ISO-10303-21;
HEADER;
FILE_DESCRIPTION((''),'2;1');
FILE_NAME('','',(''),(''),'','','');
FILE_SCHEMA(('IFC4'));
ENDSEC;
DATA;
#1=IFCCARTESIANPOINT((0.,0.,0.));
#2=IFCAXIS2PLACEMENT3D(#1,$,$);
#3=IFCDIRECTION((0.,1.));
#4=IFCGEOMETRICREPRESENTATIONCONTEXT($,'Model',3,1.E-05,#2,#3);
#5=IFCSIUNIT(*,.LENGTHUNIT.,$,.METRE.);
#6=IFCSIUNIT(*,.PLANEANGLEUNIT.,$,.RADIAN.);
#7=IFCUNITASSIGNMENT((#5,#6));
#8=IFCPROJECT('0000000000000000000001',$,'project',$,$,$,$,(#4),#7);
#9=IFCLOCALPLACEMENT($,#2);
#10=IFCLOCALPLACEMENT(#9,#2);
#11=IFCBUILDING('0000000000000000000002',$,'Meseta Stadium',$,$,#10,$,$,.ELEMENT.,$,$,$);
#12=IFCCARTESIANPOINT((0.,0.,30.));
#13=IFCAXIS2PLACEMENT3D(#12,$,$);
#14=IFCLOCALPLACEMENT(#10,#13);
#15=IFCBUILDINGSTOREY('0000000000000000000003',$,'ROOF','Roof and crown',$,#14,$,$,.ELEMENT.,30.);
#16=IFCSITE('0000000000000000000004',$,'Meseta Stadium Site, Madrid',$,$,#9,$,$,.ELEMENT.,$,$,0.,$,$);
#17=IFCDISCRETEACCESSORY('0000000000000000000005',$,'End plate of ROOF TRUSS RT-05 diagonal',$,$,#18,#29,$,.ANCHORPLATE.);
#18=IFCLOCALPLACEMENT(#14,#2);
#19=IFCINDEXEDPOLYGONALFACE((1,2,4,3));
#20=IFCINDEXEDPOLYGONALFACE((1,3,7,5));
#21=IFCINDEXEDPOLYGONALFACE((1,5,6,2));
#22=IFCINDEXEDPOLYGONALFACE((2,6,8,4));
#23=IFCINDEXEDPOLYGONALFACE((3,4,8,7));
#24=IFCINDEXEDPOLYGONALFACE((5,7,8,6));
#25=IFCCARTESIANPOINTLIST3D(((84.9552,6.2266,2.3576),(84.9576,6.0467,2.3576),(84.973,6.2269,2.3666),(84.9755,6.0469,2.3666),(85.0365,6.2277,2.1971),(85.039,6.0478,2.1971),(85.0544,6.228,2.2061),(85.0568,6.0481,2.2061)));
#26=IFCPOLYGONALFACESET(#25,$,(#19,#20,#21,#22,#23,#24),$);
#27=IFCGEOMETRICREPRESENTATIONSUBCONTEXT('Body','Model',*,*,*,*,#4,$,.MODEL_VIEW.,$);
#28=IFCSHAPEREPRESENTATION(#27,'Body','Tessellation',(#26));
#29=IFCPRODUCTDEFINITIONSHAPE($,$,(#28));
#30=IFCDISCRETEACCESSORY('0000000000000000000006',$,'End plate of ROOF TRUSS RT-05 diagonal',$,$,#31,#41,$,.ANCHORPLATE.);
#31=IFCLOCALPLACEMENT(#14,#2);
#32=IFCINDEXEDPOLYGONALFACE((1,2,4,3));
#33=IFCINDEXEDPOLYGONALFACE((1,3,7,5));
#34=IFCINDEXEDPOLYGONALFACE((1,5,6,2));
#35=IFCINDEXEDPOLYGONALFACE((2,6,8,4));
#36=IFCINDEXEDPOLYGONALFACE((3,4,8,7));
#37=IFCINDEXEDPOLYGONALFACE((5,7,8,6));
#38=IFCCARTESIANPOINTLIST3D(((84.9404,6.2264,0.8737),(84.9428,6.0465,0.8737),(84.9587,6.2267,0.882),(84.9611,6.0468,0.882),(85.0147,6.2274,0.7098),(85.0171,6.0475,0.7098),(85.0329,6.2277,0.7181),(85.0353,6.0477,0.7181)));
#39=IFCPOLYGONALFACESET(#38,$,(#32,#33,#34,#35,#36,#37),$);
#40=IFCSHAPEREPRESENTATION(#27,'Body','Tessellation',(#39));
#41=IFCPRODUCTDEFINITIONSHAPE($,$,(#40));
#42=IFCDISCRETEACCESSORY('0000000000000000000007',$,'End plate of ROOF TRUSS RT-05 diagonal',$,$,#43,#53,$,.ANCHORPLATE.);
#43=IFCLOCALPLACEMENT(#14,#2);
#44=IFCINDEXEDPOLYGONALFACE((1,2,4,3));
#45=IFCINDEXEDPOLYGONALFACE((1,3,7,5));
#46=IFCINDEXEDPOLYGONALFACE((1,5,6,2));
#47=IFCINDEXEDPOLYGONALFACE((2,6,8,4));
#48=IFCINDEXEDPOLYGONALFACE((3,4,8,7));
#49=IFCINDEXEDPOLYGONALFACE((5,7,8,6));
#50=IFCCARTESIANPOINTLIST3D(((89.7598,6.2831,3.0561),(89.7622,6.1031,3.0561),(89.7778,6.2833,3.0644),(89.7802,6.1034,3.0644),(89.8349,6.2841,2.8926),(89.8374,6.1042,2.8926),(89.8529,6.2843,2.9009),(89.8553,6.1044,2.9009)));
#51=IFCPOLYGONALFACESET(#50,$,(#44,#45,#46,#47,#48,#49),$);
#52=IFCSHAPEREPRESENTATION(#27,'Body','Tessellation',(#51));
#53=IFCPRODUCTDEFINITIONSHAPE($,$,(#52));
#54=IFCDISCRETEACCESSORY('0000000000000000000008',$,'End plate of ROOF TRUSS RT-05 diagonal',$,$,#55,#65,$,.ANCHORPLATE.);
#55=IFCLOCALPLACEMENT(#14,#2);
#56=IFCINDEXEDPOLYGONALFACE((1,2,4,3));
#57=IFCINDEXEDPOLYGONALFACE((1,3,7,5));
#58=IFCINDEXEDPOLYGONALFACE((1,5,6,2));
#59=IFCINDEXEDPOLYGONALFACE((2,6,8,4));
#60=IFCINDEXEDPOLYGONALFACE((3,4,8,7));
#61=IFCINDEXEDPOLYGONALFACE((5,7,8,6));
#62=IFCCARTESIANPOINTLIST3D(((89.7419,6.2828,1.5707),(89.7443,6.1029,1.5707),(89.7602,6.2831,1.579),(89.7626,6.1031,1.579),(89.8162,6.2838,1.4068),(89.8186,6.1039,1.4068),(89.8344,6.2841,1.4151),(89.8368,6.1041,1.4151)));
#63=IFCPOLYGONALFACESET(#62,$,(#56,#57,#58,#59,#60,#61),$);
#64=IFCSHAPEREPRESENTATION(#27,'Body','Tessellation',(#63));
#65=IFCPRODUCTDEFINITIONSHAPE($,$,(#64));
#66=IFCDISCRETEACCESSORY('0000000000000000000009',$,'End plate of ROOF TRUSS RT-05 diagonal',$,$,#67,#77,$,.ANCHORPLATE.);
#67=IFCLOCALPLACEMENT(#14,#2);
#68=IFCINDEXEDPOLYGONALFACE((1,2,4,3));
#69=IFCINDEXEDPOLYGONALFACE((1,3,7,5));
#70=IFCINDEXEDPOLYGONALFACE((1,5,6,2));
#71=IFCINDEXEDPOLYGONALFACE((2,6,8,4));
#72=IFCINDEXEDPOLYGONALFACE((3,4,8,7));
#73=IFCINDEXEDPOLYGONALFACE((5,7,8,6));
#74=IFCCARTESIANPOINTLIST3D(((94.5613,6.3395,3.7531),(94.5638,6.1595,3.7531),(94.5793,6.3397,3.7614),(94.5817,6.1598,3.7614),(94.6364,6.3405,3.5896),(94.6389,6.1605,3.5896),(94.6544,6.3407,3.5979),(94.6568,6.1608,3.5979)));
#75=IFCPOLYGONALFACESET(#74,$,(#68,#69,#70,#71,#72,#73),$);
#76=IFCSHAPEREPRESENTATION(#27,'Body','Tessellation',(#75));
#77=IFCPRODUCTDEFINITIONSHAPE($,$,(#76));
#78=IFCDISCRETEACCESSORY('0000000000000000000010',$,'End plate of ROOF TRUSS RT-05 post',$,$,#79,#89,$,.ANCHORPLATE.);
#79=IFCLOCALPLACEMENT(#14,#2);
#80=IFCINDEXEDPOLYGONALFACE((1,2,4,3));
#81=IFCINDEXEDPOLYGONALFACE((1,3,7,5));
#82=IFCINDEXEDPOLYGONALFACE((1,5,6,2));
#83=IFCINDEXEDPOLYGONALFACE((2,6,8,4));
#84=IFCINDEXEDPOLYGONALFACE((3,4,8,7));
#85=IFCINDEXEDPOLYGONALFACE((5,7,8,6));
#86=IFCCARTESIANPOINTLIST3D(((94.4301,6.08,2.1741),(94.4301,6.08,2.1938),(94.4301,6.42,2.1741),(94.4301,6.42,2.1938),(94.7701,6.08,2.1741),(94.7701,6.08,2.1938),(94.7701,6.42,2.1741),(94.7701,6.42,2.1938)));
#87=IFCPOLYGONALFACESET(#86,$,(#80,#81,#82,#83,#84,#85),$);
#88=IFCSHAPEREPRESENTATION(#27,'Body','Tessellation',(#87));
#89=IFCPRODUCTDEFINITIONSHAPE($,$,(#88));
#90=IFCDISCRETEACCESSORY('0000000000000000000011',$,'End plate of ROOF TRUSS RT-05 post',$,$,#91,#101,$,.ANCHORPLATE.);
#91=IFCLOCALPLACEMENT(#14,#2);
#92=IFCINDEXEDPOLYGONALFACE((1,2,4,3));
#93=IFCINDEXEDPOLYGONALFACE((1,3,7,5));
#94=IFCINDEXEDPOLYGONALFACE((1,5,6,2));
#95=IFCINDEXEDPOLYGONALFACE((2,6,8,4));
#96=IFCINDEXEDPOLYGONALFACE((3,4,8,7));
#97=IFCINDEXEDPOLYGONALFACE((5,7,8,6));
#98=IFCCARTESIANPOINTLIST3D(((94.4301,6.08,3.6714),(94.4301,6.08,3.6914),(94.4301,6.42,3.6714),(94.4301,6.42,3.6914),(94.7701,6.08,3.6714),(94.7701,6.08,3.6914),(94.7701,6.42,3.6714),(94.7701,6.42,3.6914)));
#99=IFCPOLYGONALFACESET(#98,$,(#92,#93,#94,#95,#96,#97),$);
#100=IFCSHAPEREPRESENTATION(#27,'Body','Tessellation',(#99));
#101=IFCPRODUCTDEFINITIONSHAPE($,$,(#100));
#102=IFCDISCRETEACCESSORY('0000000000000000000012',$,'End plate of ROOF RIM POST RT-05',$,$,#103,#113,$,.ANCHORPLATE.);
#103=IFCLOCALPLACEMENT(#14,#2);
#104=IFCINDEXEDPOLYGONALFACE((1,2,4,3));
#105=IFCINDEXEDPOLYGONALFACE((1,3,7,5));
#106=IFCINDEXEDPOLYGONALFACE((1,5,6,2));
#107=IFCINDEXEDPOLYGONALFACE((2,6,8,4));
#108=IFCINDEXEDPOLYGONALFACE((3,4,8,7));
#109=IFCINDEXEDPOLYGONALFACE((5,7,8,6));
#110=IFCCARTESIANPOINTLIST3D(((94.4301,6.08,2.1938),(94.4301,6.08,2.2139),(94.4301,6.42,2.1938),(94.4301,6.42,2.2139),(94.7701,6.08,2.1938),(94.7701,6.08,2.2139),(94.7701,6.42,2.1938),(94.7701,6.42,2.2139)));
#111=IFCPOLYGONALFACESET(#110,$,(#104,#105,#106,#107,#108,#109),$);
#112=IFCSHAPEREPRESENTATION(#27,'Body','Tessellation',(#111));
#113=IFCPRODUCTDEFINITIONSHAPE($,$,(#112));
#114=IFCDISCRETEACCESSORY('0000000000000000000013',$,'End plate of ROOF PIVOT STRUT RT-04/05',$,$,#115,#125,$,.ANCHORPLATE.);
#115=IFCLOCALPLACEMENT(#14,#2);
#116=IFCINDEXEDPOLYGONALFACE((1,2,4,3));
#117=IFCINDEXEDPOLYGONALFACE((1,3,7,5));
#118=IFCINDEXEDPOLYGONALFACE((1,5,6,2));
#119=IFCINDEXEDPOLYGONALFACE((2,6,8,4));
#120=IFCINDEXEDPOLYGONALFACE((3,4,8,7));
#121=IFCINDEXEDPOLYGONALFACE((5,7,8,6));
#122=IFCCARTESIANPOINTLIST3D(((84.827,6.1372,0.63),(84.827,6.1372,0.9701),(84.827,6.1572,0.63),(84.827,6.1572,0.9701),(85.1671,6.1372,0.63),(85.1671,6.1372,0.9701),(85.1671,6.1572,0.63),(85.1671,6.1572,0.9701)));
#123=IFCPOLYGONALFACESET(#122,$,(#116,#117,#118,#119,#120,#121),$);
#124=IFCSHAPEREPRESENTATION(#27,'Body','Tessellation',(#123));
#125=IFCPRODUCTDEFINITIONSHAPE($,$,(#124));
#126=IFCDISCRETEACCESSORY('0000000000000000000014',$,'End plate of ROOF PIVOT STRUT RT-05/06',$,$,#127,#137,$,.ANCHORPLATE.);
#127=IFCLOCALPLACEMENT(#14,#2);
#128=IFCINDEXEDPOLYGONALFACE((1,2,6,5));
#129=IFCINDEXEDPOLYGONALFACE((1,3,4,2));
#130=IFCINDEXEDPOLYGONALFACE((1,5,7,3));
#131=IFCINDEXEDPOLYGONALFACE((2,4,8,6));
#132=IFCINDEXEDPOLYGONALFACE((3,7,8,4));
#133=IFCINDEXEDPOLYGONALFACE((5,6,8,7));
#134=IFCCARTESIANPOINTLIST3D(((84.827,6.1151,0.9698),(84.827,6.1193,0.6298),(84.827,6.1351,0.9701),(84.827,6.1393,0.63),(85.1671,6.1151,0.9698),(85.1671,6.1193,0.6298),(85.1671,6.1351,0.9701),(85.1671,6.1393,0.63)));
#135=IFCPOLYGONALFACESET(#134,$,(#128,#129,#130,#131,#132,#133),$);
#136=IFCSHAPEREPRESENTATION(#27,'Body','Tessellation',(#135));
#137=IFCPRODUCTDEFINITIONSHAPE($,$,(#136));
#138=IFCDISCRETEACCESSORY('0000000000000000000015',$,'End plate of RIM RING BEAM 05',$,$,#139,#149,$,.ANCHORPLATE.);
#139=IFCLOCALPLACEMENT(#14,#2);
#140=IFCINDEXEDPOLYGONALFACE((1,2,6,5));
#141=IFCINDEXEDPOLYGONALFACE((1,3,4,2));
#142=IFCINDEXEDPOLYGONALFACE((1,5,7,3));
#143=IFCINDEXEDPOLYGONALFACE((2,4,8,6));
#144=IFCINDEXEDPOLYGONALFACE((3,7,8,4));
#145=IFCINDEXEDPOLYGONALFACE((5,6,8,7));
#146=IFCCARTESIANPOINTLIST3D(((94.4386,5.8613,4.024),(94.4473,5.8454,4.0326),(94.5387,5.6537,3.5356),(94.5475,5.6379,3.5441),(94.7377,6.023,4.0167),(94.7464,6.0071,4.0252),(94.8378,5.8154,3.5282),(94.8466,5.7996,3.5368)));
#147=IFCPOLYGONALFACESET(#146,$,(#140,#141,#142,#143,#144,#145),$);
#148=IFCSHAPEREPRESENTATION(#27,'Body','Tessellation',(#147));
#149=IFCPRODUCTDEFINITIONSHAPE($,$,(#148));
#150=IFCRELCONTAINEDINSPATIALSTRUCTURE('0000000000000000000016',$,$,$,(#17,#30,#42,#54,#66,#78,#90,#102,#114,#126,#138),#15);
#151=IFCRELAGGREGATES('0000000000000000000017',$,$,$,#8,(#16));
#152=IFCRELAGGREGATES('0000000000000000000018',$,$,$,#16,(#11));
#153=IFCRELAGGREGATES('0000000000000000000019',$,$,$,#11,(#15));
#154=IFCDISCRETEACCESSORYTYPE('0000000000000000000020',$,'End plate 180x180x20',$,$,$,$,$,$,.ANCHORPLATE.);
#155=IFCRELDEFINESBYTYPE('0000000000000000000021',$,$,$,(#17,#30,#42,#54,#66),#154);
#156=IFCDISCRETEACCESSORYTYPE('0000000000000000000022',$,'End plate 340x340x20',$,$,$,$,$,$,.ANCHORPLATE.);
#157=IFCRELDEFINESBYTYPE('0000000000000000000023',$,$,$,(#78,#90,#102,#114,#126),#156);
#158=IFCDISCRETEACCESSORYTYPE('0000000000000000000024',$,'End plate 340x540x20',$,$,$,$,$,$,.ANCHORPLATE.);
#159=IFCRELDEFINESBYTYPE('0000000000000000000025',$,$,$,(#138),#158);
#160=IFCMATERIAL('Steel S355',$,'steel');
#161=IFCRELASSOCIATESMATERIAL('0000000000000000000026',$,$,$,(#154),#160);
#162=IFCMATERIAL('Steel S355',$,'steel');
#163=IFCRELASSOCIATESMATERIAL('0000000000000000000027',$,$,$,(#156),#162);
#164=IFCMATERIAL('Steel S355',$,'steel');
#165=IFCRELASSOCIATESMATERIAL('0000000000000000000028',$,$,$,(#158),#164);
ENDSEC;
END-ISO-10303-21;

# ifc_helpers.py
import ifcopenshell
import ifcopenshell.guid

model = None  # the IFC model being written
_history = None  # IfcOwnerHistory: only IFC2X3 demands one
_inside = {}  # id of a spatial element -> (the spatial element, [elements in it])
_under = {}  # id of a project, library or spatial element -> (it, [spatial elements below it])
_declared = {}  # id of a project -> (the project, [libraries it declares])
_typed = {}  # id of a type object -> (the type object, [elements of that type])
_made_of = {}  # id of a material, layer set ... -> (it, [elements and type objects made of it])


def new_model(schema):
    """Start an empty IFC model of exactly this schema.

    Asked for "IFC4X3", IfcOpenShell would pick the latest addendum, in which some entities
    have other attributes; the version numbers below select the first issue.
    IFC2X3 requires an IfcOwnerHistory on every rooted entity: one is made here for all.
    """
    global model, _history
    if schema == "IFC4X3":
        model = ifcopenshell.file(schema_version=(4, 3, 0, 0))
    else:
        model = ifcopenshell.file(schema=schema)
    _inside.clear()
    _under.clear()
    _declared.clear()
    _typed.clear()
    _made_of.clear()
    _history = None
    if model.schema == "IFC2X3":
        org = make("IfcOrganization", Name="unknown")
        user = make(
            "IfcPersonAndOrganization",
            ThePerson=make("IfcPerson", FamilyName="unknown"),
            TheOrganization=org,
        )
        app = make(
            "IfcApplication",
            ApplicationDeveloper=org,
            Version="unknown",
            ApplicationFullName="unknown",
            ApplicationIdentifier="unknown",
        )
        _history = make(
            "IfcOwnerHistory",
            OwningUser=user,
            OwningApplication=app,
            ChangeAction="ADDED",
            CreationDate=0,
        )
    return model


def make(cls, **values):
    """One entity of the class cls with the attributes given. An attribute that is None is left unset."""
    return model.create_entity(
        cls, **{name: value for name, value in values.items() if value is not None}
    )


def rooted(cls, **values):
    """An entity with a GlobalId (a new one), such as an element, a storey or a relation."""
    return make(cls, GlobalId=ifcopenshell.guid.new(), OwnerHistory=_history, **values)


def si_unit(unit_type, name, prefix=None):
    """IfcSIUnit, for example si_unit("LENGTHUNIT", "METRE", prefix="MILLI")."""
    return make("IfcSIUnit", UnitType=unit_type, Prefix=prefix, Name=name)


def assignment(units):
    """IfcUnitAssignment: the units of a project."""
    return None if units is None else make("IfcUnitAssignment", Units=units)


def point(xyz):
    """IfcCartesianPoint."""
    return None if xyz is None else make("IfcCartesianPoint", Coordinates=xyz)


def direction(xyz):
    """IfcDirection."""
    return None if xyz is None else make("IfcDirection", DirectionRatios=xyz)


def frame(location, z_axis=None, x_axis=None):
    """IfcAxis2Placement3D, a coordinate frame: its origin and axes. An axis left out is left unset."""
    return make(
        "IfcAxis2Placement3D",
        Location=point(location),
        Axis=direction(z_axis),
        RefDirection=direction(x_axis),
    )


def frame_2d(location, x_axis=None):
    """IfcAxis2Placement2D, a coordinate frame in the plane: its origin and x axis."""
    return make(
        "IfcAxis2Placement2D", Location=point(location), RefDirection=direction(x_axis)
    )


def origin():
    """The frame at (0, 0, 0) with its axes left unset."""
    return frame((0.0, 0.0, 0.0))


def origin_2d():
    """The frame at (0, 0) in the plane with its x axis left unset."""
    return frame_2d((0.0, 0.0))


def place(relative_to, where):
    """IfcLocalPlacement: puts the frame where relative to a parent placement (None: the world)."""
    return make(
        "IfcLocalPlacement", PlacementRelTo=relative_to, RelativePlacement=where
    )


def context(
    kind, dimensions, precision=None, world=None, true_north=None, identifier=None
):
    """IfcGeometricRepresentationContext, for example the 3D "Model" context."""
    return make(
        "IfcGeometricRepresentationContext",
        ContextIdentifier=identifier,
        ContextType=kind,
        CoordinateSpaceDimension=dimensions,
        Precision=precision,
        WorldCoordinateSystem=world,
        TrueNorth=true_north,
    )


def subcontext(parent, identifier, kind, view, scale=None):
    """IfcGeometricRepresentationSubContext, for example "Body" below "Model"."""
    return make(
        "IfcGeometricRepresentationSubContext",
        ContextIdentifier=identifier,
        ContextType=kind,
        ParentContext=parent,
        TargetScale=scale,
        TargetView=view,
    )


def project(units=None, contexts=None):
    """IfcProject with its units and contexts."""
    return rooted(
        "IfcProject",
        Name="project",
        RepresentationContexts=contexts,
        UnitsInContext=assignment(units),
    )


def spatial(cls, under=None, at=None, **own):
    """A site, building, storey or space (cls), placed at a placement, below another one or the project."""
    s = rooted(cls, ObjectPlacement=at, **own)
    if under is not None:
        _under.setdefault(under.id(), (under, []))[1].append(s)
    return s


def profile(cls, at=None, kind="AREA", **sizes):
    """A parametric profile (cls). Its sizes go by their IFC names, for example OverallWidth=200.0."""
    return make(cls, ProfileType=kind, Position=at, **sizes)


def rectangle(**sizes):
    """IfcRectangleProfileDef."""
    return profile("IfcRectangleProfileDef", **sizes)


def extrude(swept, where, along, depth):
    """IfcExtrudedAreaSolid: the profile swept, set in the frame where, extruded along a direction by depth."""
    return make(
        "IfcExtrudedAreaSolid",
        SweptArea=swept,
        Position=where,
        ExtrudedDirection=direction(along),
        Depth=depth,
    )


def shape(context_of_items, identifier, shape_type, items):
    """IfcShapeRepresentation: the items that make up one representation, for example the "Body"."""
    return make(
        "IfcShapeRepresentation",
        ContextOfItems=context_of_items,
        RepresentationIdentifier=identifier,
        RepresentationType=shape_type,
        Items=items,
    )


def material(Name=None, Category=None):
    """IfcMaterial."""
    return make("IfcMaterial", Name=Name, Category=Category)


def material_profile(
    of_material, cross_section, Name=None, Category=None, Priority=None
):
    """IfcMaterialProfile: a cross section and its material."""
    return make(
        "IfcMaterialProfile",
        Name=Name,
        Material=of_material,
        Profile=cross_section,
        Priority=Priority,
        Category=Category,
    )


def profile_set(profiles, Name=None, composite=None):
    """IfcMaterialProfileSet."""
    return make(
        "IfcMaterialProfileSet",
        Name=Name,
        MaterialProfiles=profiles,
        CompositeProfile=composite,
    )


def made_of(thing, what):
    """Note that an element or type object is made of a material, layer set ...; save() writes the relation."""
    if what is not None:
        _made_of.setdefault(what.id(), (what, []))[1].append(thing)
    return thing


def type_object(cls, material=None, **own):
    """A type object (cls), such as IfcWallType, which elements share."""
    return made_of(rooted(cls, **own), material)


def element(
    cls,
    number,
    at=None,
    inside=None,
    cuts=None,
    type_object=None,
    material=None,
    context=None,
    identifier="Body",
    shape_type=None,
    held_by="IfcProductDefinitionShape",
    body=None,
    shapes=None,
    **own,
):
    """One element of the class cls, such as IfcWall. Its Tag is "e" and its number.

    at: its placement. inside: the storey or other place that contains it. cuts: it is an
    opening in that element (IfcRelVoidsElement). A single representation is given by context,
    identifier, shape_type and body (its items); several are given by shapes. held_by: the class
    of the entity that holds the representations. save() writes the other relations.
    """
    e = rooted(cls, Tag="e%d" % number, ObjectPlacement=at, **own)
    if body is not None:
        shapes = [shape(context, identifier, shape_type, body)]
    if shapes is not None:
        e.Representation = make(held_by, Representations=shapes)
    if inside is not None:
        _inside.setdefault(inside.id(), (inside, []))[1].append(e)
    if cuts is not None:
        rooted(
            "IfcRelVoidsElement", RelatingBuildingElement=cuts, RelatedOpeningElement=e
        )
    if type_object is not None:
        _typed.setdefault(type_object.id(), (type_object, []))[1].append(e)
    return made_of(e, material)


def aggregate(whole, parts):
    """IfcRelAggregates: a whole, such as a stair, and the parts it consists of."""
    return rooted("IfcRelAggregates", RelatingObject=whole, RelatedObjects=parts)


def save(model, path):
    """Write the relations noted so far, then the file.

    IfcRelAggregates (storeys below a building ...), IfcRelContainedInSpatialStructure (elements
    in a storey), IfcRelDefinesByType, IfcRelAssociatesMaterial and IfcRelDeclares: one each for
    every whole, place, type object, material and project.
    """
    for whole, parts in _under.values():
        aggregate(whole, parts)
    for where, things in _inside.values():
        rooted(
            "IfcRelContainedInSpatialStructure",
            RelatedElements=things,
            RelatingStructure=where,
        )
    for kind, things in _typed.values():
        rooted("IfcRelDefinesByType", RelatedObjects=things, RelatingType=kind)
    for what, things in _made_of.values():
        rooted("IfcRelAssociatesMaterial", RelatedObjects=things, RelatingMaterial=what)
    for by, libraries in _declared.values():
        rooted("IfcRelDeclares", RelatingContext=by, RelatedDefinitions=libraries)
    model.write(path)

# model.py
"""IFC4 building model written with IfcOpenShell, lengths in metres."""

from ifc_helpers import new_model, si_unit, direction, frame, origin, origin_2d, place, context, subcontext, project, spatial, rectangle, extrude, material, material_profile, profile_set, type_object, element, save


model = new_model("IFC4")

# Units and contexts
model_context = context("Model", 3, precision=1e-05, world=origin(), true_north=direction((0.0, 1.0)))
body_context = subcontext(model_context, "Body", "Model", "MODEL_VIEW")
ifc_project = project(units=[si_unit("LENGTHUNIT", "METRE"), si_unit("PLANEANGLEUNIT", "RADIAN")], contexts=[model_context])

# Site, building, storey
site_placement = place(None, origin())
site = spatial("IfcSite", under=ifc_project, at=site_placement, Name="Meseta Stadium Site, Madrid", CompositionType="ELEMENT", RefElevation=0.0)
building_placement = place(site_placement, origin())
building = spatial("IfcBuilding", under=site, at=building_placement, Name="Meseta Stadium", CompositionType="ELEMENT")
storey_placement = place(building_placement, frame((0.0, 0.0, 30.0)))
storey = spatial("IfcBuildingStorey", under=building, at=storey_placement, Name="ROOF", Description="Roof and crown", CompositionType="ELEMENT", Elevation=30.0)

# Discrete accessories
ifc_material_1 = material(Name="Steel S355", Category="steel")
ifc_material_profile_1 = material_profile(ifc_material_1, rectangle(XDim=0.1799, YDim=0.1799, at=origin_2d()), Name="PL 180x180")
ifc_profile_set_1 = profile_set([ifc_material_profile_1], Name="Steel S355")
discrete_accessory_type_1 = type_object("IfcDiscreteAccessoryType", Name="End plate 180x180x20", PredefinedType="ANCHORPLATE", material=ifc_profile_set_1)
for number, where, z_axis, x_axis, name in (
    (1, (84.9971, 6.1372, 2.2773), (0.891904, 0.012218, 0.452061), (-0.013697, 0.999906, 0.0), "End plate of ROOF TRUSS RT-05 diagonal"),
    (2, (84.9788, 6.137, 0.7917), (0.910715, 0.012143, 0.412857), (-0.013332, 0.999911, 0.0), "End plate of ROOF TRUSS RT-05 diagonal"),
):
    element("IfcDiscreteAccessory", number, at=place(storey_placement, frame(where, z_axis=z_axis, x_axis=x_axis)), inside=storey, type_object=discrete_accessory_type_1, Name=name, PredefinedType="ANCHORPLATE", context=body_context, shape_type="SweptSolid", body=[
        extrude(rectangle(XDim=0.1799, YDim=0.1799, at=origin_2d()), origin(), (0.0, 0.0, 1.0), 0.02),
    ])
discrete_accessory_1_placement = place(storey_placement, frame((89.7986, 6.1936, 2.9744), z_axis=(0.908608, 0.012278, 0.417469), x_axis=(-0.013512, 0.999909, 0.0)))
element("IfcDiscreteAccessory", 3, at=discrete_accessory_1_placement, inside=storey, type_object=discrete_accessory_type_1, Name="End plate of ROOF TRUSS RT-05 diagonal", PredefinedType="ANCHORPLATE", context=body_context, shape_type="SweptSolid", body=[
    extrude(rectangle(XDim=0.1799, YDim=0.1799, at=origin_2d()), origin(), (0.0, 0.0, 1.0), 0.0198),
])
discrete_accessory_2_placement = place(storey_placement, frame((89.7803, 6.1934, 1.4888), z_axis=(0.910715, 0.012143, 0.412857), x_axis=(-0.013332, 0.999911, 0.0)))
element("IfcDiscreteAccessory", 4, at=discrete_accessory_2_placement, inside=storey, type_object=discrete_accessory_type_1, Name="End plate of ROOF TRUSS RT-05 diagonal", PredefinedType="ANCHORPLATE", context=body_context, shape_type="SweptSolid", body=[
    extrude(rectangle(XDim=0.1799, YDim=0.1799, at=origin_2d()), origin(), (0.0, 0.0, 1.0), 0.02),
])
discrete_accessory_3_placement = place(storey_placement, frame((94.6001, 6.25, 3.6714), z_axis=(0.908608, 0.012278, 0.417469), x_axis=(-0.013512, 0.999909, 0.0)))
element("IfcDiscreteAccessory", 5, at=discrete_accessory_3_placement, inside=storey, type_object=discrete_accessory_type_1, Name="End plate of ROOF TRUSS RT-05 diagonal", PredefinedType="ANCHORPLATE", context=body_context, shape_type="SweptSolid", body=[
    extrude(rectangle(XDim=0.1799, YDim=0.1799, at=origin_2d()), origin(), (0.0, 0.0, 1.0), 0.0198),
])
ifc_material_2 = material(Name="Steel S355", Category="steel")
ifc_material_profile_2 = material_profile(ifc_material_2, rectangle(XDim=0.3401, YDim=0.3401, at=origin_2d()), Name="PL 340x340")
ifc_profile_set_2 = profile_set([ifc_material_profile_2], Name="Steel S355")
discrete_accessory_type_2 = type_object("IfcDiscreteAccessoryType", Name="End plate 340x340x20", PredefinedType="ANCHORPLATE", material=ifc_profile_set_2)
discrete_accessory_4_placement = place(storey_placement, frame((94.6001, 6.25, 2.1741), z_axis=(0.0, 0.0, 1.0), x_axis=(1.0, 0.0, 0.0)))
element("IfcDiscreteAccessory", 6, at=discrete_accessory_4_placement, inside=storey, type_object=discrete_accessory_type_2, Name="End plate of ROOF TRUSS RT-05 post", PredefinedType="ANCHORPLATE", context=body_context, shape_type="SweptSolid", body=[
    extrude(rectangle(XDim=0.3401, YDim=0.3401, at=origin_2d()), origin(), (0.0, 0.0, 1.0), 0.0198),
])
for number, where, z_axis, x_axis, name in (
    (7, (94.6001, 6.25, 3.6714), (0.0, 0.0, 1.0), (1.0, 0.0, 0.0), "End plate of ROOF TRUSS RT-05 post"),
    (8, (94.6001, 6.25, 2.1938), (0.0, 0.0, 1.0), (1.0, 0.0, 0.0), "End plate of ROOF RIM POST RT-05"),
    (9, (84.9971, 6.1372, 0.8), (0.0, 1.0, 0.0), (-1.0, 0.0, 0.0), "End plate of ROOF PIVOT STRUT RT-04/05"),
    (10, (84.9971, 6.1172, 0.7998), (0.0, 0.999926, 0.012194), (-1.0, 0.0, 0.0), "End plate of ROOF PIVOT STRUT RT-05/06"),
):
    element("IfcDiscreteAccessory", number, at=place(storey_placement, frame(where, z_axis=z_axis, x_axis=x_axis)), inside=storey, type_object=discrete_accessory_type_2, Name=name, PredefinedType="ANCHORPLATE", context=body_context, shape_type="SweptSolid", body=[
        extrude(rectangle(XDim=0.3401, YDim=0.3401, at=origin_2d()), origin(), (0.0, 0.0, 1.0), 0.02),
    ])
ifc_material_3 = material(Name="Steel S355", Category="steel")
ifc_material_profile_3 = material_profile(ifc_material_3, rectangle(XDim=0.3401, YDim=0.54, at=origin_2d()), Name="PL 340x540")
ifc_profile_set_3 = profile_set([ifc_material_profile_3], Name="Steel S355")
discrete_accessory_type_3 = type_object("IfcDiscreteAccessoryType", Name="End plate 340x540x20", PredefinedType="ANCHORPLATE", material=ifc_profile_set_3)
discrete_accessory_5_placement = place(storey_placement, frame((94.647, 5.8225, 3.7847), z_axis=(-0.438308, 0.791389, -0.426133), x_axis=(-0.879482, -0.47544, 0.02165)))
element("IfcDiscreteAccessory", 11, at=discrete_accessory_5_placement, inside=storey, type_object=discrete_accessory_type_3, Name="End plate of RIM RING BEAM 05", PredefinedType="ANCHORPLATE", context=body_context, shape_type="SweptSolid", body=[
    extrude(rectangle(XDim=0.3401, YDim=0.54, at=origin_2d()), origin(), (0.0, 0.0, 1.0), 0.02),
])

save(model, "model.ifc")
